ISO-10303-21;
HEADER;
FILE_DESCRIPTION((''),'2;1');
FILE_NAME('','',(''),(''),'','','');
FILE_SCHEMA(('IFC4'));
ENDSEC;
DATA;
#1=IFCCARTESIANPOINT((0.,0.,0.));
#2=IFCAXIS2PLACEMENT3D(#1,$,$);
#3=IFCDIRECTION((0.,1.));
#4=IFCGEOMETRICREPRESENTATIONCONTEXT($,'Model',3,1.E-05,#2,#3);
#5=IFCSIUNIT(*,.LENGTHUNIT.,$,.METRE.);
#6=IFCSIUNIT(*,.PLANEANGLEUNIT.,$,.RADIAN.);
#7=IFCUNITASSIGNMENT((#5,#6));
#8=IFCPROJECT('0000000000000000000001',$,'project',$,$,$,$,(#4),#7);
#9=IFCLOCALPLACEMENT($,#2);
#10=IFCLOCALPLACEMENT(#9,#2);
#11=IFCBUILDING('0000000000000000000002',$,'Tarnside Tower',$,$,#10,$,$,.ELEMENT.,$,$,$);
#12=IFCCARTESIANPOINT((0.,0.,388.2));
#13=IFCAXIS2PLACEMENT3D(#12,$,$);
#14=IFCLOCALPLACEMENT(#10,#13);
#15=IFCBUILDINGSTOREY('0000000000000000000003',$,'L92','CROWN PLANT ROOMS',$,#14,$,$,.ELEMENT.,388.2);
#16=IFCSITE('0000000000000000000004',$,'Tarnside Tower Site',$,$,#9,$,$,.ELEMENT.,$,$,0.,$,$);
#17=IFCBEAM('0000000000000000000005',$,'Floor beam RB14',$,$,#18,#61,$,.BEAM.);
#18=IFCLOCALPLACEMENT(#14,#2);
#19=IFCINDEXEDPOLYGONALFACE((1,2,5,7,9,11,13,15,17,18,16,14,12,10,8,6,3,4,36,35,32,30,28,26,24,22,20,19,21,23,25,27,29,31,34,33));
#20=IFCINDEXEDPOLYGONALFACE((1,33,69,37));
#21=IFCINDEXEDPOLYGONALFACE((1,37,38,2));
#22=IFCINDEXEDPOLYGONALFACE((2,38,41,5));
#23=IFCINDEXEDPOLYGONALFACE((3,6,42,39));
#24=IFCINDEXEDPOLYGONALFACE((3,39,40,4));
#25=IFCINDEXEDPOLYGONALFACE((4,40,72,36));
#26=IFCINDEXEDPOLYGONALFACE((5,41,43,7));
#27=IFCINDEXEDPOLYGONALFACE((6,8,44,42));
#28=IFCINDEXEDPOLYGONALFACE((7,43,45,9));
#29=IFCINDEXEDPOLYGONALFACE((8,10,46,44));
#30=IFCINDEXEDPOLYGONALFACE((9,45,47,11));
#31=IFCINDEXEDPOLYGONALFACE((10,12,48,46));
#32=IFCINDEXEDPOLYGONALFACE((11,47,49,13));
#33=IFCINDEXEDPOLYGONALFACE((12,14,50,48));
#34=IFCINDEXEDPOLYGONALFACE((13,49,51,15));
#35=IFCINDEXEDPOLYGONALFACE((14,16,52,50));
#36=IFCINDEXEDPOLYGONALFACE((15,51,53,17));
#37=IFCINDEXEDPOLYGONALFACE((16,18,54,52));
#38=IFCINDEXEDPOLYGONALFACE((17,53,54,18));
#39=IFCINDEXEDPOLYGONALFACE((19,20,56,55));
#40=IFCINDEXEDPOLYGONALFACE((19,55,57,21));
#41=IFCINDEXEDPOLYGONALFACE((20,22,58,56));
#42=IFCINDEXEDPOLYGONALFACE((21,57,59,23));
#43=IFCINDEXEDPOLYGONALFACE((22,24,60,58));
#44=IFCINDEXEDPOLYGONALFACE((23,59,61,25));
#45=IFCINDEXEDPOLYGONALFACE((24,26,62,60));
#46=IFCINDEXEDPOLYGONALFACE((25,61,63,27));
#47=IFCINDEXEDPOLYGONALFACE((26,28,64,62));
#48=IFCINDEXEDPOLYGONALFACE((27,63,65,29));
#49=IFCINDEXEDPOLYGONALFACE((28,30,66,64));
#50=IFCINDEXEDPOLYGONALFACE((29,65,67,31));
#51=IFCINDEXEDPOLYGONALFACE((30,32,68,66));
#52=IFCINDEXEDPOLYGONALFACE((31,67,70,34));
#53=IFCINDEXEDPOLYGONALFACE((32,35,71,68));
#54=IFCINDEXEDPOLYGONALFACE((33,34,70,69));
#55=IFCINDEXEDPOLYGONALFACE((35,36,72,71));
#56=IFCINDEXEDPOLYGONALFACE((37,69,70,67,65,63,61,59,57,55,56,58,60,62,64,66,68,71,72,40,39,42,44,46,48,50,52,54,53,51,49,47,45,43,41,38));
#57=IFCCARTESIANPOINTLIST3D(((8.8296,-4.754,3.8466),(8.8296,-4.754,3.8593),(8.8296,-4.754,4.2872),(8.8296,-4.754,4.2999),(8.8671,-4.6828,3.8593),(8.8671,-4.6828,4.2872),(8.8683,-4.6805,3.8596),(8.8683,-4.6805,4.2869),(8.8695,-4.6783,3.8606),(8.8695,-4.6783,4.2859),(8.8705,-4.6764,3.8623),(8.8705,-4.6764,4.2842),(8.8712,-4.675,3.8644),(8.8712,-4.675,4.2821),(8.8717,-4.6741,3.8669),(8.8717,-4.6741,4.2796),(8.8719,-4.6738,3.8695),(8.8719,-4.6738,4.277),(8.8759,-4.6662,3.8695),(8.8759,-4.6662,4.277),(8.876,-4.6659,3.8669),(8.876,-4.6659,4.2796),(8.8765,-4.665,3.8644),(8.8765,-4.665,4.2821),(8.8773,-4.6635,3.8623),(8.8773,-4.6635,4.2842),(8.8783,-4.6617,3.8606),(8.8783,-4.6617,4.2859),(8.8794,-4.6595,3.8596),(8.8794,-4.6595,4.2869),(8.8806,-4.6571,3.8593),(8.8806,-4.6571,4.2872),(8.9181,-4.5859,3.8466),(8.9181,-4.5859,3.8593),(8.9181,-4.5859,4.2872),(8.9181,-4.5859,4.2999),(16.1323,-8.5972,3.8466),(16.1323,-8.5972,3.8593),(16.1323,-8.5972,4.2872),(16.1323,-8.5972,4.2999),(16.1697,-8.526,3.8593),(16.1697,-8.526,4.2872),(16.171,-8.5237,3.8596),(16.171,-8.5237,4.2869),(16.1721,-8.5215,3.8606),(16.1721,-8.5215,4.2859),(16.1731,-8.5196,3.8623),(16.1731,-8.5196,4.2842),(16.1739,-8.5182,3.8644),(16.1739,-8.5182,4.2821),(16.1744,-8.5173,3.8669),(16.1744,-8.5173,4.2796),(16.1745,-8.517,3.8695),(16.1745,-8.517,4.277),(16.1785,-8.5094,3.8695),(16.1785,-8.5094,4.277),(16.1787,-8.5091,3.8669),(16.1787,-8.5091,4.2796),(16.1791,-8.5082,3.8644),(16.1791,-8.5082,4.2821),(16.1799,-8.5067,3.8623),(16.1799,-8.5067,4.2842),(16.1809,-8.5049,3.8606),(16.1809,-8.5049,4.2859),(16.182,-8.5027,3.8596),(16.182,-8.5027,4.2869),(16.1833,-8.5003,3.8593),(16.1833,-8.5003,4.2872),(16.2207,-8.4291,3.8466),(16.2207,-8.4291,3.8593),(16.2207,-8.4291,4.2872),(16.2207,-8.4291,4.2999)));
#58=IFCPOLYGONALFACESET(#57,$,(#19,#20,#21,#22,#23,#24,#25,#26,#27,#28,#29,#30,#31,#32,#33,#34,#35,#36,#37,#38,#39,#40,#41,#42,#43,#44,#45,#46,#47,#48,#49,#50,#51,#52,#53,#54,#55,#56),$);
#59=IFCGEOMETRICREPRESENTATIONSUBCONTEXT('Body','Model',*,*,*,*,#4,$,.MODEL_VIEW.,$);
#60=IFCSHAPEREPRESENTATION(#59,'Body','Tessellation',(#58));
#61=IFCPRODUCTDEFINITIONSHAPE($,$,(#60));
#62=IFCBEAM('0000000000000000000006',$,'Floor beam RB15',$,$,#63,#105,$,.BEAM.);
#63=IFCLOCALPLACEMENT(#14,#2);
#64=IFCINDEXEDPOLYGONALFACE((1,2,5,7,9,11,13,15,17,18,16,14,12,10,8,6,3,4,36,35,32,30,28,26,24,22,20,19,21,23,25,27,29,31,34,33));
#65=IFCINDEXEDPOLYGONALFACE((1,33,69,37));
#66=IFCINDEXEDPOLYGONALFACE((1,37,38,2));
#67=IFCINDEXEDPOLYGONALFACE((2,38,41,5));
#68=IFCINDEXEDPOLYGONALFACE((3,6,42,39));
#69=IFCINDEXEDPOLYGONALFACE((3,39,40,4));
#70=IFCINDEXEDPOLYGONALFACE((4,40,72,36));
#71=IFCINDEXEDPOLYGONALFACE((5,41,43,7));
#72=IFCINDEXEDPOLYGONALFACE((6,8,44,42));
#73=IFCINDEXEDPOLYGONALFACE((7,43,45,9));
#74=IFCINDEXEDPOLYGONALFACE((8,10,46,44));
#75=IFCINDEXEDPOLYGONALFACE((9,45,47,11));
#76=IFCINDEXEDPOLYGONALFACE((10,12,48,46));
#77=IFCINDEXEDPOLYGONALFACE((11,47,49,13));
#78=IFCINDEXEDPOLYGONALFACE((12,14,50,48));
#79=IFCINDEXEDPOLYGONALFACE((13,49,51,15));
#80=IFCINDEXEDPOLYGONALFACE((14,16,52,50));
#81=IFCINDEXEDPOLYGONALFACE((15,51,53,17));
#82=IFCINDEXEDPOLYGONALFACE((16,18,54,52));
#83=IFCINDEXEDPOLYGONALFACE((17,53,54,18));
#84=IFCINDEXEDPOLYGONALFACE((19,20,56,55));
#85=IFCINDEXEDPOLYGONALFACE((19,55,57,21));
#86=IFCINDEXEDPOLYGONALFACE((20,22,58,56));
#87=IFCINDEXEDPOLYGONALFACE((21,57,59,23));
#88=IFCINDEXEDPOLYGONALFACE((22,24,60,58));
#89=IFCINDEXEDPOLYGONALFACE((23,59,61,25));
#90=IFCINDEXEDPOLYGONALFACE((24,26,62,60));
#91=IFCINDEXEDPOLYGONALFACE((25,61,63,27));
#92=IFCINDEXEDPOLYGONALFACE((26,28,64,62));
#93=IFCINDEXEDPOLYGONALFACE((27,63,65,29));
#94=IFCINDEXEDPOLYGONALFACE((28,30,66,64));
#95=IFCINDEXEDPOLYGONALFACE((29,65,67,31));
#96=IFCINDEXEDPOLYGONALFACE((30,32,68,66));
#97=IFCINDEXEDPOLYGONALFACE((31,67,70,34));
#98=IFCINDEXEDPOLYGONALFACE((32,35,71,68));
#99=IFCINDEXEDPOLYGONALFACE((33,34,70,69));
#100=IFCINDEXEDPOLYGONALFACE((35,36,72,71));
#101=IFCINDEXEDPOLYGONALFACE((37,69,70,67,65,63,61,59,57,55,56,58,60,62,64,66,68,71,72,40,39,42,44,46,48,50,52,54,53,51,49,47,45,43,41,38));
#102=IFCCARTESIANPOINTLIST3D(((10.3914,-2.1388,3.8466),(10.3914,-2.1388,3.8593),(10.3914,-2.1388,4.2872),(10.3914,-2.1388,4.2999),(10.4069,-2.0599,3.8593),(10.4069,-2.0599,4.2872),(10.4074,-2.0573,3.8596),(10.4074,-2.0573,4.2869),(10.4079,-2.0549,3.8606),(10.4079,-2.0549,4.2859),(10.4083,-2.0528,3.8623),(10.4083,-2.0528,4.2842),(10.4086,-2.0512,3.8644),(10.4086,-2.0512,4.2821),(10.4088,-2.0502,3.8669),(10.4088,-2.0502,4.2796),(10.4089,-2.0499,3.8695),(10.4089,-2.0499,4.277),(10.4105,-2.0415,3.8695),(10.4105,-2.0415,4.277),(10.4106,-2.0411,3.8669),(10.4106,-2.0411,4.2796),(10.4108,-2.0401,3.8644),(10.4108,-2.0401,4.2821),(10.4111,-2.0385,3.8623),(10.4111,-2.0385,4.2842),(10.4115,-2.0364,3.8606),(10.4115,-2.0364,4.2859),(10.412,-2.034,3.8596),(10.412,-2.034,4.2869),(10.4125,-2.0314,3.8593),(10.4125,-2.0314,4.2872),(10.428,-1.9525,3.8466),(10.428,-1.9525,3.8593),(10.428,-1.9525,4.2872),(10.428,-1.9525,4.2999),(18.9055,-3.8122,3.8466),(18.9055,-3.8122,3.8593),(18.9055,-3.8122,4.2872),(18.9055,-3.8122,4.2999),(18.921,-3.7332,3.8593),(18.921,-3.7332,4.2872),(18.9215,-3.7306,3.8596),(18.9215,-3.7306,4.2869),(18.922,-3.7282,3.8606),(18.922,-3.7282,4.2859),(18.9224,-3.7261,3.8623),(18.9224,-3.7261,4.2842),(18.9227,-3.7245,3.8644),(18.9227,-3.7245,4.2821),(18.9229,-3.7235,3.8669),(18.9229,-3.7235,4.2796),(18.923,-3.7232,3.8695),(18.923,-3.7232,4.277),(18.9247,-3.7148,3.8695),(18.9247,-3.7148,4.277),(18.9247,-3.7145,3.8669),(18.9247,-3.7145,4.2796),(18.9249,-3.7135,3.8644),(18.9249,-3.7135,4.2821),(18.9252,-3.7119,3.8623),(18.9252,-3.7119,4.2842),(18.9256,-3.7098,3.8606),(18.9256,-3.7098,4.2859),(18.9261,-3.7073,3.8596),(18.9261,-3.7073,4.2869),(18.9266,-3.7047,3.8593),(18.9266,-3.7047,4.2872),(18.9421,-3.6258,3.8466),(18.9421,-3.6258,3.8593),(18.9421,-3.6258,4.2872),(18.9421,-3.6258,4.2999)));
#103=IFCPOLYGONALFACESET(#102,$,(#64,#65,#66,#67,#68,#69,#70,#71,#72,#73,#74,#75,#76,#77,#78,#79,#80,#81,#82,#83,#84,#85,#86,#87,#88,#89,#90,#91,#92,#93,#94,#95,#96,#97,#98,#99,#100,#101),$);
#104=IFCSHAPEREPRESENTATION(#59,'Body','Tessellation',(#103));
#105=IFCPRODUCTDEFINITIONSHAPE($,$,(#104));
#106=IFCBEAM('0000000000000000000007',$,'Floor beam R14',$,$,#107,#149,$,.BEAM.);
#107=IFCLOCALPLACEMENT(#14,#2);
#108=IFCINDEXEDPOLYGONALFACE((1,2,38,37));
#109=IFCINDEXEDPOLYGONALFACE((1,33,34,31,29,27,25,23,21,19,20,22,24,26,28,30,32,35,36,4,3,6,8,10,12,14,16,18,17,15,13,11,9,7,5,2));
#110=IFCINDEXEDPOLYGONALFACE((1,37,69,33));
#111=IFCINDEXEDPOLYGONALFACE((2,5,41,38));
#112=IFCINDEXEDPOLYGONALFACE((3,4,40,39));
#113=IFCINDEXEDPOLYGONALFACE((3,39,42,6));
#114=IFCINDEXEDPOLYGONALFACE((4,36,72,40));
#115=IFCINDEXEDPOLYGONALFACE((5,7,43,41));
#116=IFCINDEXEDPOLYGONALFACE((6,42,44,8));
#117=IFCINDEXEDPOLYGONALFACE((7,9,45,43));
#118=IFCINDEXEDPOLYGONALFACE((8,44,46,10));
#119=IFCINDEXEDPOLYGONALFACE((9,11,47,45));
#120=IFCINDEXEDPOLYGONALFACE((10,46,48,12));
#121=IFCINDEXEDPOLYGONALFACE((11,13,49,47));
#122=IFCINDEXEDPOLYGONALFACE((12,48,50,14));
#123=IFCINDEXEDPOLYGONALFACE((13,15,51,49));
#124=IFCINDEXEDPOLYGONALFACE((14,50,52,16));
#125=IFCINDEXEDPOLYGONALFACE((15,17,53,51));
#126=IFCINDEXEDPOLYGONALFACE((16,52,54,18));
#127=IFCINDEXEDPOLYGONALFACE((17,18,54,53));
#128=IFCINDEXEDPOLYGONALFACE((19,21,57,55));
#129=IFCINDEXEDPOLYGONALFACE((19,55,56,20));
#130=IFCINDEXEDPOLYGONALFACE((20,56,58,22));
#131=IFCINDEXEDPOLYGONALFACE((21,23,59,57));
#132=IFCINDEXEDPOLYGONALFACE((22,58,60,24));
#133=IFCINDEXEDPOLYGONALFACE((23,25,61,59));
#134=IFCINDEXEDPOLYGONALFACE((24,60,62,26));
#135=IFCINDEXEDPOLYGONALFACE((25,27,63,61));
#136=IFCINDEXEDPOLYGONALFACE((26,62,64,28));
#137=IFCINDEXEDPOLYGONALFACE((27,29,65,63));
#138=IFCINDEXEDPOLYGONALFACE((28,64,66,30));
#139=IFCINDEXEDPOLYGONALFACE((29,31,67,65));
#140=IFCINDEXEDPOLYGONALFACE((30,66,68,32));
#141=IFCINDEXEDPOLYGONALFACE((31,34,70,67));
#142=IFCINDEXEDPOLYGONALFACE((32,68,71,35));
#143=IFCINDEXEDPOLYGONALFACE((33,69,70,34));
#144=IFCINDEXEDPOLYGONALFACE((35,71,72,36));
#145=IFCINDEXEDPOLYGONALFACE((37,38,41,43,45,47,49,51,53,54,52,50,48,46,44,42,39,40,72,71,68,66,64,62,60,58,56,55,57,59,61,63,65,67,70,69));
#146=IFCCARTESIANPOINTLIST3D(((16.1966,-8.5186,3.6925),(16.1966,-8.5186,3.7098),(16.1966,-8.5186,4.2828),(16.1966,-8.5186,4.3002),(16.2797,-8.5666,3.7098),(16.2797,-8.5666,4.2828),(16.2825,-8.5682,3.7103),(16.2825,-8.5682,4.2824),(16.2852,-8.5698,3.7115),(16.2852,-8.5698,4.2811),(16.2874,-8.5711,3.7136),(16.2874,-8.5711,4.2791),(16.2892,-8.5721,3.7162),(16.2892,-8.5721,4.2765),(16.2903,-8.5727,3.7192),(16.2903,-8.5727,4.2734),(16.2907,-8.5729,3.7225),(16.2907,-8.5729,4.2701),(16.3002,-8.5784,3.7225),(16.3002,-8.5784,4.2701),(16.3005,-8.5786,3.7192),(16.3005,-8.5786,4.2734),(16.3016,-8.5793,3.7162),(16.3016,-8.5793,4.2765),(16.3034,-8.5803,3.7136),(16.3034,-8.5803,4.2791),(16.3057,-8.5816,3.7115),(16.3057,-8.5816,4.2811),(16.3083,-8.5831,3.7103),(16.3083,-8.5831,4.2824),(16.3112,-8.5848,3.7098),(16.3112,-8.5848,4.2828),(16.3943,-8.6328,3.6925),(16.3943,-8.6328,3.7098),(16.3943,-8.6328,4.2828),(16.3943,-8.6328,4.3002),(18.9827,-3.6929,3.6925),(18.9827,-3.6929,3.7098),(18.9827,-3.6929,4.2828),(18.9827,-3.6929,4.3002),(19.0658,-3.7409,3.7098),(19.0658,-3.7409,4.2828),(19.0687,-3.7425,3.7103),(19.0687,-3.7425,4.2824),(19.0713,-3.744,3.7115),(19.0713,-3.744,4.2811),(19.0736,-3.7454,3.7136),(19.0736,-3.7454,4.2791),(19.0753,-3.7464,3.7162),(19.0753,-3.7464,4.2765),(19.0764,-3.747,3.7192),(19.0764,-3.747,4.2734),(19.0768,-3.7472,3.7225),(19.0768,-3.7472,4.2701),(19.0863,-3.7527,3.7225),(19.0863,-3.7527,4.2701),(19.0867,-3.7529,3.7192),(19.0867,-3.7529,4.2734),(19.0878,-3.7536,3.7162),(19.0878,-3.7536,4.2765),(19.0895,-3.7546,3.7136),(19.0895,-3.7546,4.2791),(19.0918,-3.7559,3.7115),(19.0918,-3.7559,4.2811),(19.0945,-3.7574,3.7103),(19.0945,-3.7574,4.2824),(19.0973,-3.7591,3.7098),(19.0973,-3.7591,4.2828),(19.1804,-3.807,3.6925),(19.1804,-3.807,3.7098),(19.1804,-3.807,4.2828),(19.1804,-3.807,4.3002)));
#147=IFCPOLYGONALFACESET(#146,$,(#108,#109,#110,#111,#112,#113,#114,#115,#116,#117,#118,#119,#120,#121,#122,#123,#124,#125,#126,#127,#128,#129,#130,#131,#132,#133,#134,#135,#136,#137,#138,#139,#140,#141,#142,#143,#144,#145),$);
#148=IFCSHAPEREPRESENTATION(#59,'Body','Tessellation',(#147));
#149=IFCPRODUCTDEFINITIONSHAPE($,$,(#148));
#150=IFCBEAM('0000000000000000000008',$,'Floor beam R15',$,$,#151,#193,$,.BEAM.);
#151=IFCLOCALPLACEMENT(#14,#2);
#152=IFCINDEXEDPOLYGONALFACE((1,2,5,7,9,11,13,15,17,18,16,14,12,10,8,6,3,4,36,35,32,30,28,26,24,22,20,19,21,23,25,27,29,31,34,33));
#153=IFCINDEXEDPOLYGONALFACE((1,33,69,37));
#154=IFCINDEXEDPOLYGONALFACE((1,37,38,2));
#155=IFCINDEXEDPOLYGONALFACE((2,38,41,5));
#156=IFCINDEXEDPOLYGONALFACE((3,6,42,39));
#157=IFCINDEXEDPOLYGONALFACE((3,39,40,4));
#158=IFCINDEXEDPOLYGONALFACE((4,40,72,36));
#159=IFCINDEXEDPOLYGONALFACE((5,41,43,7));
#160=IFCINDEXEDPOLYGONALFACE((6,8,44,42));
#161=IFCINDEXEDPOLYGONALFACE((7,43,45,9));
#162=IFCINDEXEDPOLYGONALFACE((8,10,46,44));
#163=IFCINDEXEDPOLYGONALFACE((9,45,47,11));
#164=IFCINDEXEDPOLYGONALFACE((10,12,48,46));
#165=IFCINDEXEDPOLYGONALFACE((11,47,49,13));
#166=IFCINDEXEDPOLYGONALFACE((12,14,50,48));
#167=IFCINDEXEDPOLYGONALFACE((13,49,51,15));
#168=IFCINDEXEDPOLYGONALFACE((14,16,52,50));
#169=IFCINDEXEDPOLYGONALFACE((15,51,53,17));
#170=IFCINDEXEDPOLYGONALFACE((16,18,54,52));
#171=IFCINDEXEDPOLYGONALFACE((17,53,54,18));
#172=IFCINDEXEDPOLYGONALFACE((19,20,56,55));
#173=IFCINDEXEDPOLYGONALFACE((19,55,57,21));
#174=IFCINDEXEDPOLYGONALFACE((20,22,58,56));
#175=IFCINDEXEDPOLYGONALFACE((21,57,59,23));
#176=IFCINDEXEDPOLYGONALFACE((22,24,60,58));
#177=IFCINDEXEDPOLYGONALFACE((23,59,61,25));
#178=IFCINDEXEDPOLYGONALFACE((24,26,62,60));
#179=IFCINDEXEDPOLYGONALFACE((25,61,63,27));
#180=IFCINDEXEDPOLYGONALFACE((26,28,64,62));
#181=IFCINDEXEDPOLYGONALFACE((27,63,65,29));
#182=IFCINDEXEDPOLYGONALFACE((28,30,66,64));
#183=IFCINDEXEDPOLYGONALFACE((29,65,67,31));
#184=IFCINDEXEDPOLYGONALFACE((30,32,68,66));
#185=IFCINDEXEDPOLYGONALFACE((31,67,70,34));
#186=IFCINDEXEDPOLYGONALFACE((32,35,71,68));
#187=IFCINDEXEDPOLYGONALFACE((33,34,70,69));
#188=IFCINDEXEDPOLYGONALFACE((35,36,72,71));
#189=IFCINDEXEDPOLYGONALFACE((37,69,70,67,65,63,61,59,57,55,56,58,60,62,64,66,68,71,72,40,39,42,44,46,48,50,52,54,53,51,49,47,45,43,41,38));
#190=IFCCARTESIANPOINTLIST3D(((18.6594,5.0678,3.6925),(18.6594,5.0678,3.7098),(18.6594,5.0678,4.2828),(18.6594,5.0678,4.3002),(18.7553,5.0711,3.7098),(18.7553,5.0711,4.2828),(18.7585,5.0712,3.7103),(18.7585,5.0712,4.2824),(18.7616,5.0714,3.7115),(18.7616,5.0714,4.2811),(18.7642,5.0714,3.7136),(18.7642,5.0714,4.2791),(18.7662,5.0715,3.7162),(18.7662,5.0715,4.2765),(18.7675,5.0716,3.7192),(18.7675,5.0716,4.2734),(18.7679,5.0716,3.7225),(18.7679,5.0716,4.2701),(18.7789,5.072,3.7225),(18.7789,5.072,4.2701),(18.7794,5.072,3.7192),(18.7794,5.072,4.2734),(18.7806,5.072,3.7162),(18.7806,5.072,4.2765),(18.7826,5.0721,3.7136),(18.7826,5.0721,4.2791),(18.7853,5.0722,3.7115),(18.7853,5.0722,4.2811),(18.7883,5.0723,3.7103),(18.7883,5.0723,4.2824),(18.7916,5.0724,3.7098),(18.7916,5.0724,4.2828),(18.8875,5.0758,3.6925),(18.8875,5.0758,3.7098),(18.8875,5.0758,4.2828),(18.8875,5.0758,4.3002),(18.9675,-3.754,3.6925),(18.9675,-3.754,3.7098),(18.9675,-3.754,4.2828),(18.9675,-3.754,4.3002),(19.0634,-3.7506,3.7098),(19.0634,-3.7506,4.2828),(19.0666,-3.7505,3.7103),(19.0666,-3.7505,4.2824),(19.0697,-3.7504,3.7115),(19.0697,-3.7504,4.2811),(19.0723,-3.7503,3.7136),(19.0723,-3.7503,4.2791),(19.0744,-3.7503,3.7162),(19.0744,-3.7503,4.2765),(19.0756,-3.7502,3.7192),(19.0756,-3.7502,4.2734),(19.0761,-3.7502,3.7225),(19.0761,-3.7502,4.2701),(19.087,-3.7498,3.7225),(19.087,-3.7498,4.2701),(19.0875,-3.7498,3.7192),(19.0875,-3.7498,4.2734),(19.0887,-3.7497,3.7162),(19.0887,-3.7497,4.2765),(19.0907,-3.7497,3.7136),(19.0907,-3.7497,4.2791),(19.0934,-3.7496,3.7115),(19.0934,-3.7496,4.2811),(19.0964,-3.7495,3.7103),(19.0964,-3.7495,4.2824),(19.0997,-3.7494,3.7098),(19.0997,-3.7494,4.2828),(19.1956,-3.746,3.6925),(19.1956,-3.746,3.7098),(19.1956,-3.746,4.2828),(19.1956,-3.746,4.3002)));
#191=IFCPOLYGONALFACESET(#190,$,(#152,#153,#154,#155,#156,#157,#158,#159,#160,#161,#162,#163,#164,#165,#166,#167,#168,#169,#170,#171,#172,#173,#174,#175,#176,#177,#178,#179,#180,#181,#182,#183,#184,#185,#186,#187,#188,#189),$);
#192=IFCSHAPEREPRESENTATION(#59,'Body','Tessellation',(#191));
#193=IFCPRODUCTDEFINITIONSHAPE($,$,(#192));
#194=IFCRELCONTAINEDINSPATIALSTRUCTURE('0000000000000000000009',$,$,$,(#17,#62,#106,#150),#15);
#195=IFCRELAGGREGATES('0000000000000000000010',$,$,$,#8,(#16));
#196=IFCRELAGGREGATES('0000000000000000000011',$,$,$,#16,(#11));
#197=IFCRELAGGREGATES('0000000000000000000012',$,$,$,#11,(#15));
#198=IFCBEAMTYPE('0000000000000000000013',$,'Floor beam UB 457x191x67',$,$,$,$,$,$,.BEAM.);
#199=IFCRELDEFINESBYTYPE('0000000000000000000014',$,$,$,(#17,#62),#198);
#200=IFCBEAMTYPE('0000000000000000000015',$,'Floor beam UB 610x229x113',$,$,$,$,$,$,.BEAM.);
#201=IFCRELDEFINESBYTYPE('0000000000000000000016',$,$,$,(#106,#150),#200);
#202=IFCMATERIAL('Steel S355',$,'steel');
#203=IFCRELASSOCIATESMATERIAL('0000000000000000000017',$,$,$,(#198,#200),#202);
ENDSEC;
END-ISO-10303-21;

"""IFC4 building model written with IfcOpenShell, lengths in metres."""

from ifc_helpers import new_model, si_unit, direction, frame, origin, origin_2d, place, context, subcontext, project, spatial, i_section, extrude, material, material_profile, profile_set, type_object, element, save


model = new_model("IFC4")

# Units and contexts
model_context = context("Model", 3, precision=1e-05, world=origin(), true_north=direction((0.0, 1.0)))
body_context = subcontext(model_context, "Body", "Model", "MODEL_VIEW")
ifc_project = project(units=[si_unit("LENGTHUNIT", "METRE"), si_unit("PLANEANGLEUNIT", "RADIAN")], contexts=[model_context])

# Site, building, storey
site_placement = place(None, origin())
site = spatial("IfcSite", under=ifc_project, at=site_placement, Name="Tarnside Tower Site", CompositionType="ELEMENT", RefElevation=0.0)
building_placement = place(site_placement, origin())
building = spatial("IfcBuilding", under=site, at=building_placement, Name="Tarnside Tower", CompositionType="ELEMENT")
storey_placement = place(building_placement, frame((0.0, 0.0, 388.2)))
storey = spatial("IfcBuildingStorey", under=building, at=storey_placement, Name="L92", Description="CROWN PLANT ROOMS", CompositionType="ELEMENT", Elevation=388.2)

# Beams
ifc_material_1 = material(Name="Steel S355", Category="steel")
ifc_material_profile_1 = material_profile(ifc_material_1, i_section(OverallWidth=0.1899, OverallDepth=0.4534, WebThickness=0.0085, FlangeThickness=0.0127, FilletRadius=0.0103, at=origin_2d()), Name="UB 457x191x67")
ifc_profile_set_1 = profile_set([ifc_material_profile_1], Name="Steel S355")
beam_type_1 = type_object("IfcBeamType", Name="Floor beam UB 457x191x67", PredefinedType="BEAM", material=ifc_profile_set_1)
beam_1_placement = place(storey_placement, frame((16.1765, -8.5132, 4.0732), z_axis=(-0.884932, 0.46572, 0.0), x_axis=(-0.46572, -0.884932, 0.0)))
element("IfcBeam", 1, at=beam_1_placement, inside=storey, type_object=beam_type_1, Name="Floor beam RB14", PredefinedType="BEAM", context=body_context, shape_type="SweptSolid", body=[
    extrude(i_section(OverallWidth=0.1899, OverallDepth=0.4534, WebThickness=0.0085, FlangeThickness=0.0127, FilletRadius=0.0103, at=origin_2d()), origin(), (0.0, 0.0, 1.0), 8.2522),
])
beam_2_placement = place(storey_placement, frame((18.9238, -3.719, 4.0732), z_axis=(-0.981229, 0.192847, 0.0), x_axis=(-0.192847, -0.981229, 0.0)))
element("IfcBeam", 2, at=beam_2_placement, inside=storey, type_object=beam_type_1, Name="Floor beam RB15", PredefinedType="BEAM", context=body_context, shape_type="SweptSolid", body=[
    extrude(i_section(OverallWidth=0.1899, OverallDepth=0.4534, WebThickness=0.0085, FlangeThickness=0.0127, FilletRadius=0.0103, at=origin_2d()), origin(), (0.0, 0.0, 1.0), 8.677),
])
ifc_material_profile_2 = material_profile(ifc_material_1, i_section(OverallWidth=0.2283, OverallDepth=0.6077, WebThickness=0.011, FlangeThickness=0.0173, FilletRadius=0.0127, at=origin_2d()), Name="UB 610x229x113")
ifc_profile_set_2 = profile_set([ifc_material_profile_2], Name="Steel S355")
beam_type_2 = type_object("IfcBeamType", Name="Floor beam UB 610x229x113", PredefinedType="BEAM", material=ifc_profile_set_2)
beam_3_placement = place(storey_placement, frame((16.2954, -8.5757, 3.9963), z_axis=(0.500003, 0.866024, 0.0), x_axis=(-0.866024, 0.500003, 0.0)))
element("IfcBeam", 3, at=beam_3_placement, inside=storey, type_object=beam_type_2, Name="Floor beam R14", PredefinedType="BEAM", context=body_context, shape_type="SweptSolid", body=[
    extrude(i_section(OverallWidth=0.2283, OverallDepth=0.6077, WebThickness=0.011, FlangeThickness=0.0173, FilletRadius=0.0127, at=origin_2d()), origin(), (0.0, 0.0, 1.0), 5.5723),
])
beam_4_placement = place(storey_placement, frame((19.0815, -3.75, 3.9963), z_axis=(-0.034904, 0.999391, 0.0), x_axis=(-0.999391, -0.034904, 0.0)))
element("IfcBeam", 4, at=beam_4_placement, inside=storey, type_object=beam_type_2, Name="Floor beam R15", PredefinedType="BEAM", context=body_context, shape_type="SweptSolid", body=[
    extrude(i_section(OverallWidth=0.2283, OverallDepth=0.6077, WebThickness=0.011, FlangeThickness=0.0173, FilletRadius=0.0127, at=origin_2d()), origin(), (0.0, 0.0, 1.0), 8.8271),
])

save(model, "model.ifc")
